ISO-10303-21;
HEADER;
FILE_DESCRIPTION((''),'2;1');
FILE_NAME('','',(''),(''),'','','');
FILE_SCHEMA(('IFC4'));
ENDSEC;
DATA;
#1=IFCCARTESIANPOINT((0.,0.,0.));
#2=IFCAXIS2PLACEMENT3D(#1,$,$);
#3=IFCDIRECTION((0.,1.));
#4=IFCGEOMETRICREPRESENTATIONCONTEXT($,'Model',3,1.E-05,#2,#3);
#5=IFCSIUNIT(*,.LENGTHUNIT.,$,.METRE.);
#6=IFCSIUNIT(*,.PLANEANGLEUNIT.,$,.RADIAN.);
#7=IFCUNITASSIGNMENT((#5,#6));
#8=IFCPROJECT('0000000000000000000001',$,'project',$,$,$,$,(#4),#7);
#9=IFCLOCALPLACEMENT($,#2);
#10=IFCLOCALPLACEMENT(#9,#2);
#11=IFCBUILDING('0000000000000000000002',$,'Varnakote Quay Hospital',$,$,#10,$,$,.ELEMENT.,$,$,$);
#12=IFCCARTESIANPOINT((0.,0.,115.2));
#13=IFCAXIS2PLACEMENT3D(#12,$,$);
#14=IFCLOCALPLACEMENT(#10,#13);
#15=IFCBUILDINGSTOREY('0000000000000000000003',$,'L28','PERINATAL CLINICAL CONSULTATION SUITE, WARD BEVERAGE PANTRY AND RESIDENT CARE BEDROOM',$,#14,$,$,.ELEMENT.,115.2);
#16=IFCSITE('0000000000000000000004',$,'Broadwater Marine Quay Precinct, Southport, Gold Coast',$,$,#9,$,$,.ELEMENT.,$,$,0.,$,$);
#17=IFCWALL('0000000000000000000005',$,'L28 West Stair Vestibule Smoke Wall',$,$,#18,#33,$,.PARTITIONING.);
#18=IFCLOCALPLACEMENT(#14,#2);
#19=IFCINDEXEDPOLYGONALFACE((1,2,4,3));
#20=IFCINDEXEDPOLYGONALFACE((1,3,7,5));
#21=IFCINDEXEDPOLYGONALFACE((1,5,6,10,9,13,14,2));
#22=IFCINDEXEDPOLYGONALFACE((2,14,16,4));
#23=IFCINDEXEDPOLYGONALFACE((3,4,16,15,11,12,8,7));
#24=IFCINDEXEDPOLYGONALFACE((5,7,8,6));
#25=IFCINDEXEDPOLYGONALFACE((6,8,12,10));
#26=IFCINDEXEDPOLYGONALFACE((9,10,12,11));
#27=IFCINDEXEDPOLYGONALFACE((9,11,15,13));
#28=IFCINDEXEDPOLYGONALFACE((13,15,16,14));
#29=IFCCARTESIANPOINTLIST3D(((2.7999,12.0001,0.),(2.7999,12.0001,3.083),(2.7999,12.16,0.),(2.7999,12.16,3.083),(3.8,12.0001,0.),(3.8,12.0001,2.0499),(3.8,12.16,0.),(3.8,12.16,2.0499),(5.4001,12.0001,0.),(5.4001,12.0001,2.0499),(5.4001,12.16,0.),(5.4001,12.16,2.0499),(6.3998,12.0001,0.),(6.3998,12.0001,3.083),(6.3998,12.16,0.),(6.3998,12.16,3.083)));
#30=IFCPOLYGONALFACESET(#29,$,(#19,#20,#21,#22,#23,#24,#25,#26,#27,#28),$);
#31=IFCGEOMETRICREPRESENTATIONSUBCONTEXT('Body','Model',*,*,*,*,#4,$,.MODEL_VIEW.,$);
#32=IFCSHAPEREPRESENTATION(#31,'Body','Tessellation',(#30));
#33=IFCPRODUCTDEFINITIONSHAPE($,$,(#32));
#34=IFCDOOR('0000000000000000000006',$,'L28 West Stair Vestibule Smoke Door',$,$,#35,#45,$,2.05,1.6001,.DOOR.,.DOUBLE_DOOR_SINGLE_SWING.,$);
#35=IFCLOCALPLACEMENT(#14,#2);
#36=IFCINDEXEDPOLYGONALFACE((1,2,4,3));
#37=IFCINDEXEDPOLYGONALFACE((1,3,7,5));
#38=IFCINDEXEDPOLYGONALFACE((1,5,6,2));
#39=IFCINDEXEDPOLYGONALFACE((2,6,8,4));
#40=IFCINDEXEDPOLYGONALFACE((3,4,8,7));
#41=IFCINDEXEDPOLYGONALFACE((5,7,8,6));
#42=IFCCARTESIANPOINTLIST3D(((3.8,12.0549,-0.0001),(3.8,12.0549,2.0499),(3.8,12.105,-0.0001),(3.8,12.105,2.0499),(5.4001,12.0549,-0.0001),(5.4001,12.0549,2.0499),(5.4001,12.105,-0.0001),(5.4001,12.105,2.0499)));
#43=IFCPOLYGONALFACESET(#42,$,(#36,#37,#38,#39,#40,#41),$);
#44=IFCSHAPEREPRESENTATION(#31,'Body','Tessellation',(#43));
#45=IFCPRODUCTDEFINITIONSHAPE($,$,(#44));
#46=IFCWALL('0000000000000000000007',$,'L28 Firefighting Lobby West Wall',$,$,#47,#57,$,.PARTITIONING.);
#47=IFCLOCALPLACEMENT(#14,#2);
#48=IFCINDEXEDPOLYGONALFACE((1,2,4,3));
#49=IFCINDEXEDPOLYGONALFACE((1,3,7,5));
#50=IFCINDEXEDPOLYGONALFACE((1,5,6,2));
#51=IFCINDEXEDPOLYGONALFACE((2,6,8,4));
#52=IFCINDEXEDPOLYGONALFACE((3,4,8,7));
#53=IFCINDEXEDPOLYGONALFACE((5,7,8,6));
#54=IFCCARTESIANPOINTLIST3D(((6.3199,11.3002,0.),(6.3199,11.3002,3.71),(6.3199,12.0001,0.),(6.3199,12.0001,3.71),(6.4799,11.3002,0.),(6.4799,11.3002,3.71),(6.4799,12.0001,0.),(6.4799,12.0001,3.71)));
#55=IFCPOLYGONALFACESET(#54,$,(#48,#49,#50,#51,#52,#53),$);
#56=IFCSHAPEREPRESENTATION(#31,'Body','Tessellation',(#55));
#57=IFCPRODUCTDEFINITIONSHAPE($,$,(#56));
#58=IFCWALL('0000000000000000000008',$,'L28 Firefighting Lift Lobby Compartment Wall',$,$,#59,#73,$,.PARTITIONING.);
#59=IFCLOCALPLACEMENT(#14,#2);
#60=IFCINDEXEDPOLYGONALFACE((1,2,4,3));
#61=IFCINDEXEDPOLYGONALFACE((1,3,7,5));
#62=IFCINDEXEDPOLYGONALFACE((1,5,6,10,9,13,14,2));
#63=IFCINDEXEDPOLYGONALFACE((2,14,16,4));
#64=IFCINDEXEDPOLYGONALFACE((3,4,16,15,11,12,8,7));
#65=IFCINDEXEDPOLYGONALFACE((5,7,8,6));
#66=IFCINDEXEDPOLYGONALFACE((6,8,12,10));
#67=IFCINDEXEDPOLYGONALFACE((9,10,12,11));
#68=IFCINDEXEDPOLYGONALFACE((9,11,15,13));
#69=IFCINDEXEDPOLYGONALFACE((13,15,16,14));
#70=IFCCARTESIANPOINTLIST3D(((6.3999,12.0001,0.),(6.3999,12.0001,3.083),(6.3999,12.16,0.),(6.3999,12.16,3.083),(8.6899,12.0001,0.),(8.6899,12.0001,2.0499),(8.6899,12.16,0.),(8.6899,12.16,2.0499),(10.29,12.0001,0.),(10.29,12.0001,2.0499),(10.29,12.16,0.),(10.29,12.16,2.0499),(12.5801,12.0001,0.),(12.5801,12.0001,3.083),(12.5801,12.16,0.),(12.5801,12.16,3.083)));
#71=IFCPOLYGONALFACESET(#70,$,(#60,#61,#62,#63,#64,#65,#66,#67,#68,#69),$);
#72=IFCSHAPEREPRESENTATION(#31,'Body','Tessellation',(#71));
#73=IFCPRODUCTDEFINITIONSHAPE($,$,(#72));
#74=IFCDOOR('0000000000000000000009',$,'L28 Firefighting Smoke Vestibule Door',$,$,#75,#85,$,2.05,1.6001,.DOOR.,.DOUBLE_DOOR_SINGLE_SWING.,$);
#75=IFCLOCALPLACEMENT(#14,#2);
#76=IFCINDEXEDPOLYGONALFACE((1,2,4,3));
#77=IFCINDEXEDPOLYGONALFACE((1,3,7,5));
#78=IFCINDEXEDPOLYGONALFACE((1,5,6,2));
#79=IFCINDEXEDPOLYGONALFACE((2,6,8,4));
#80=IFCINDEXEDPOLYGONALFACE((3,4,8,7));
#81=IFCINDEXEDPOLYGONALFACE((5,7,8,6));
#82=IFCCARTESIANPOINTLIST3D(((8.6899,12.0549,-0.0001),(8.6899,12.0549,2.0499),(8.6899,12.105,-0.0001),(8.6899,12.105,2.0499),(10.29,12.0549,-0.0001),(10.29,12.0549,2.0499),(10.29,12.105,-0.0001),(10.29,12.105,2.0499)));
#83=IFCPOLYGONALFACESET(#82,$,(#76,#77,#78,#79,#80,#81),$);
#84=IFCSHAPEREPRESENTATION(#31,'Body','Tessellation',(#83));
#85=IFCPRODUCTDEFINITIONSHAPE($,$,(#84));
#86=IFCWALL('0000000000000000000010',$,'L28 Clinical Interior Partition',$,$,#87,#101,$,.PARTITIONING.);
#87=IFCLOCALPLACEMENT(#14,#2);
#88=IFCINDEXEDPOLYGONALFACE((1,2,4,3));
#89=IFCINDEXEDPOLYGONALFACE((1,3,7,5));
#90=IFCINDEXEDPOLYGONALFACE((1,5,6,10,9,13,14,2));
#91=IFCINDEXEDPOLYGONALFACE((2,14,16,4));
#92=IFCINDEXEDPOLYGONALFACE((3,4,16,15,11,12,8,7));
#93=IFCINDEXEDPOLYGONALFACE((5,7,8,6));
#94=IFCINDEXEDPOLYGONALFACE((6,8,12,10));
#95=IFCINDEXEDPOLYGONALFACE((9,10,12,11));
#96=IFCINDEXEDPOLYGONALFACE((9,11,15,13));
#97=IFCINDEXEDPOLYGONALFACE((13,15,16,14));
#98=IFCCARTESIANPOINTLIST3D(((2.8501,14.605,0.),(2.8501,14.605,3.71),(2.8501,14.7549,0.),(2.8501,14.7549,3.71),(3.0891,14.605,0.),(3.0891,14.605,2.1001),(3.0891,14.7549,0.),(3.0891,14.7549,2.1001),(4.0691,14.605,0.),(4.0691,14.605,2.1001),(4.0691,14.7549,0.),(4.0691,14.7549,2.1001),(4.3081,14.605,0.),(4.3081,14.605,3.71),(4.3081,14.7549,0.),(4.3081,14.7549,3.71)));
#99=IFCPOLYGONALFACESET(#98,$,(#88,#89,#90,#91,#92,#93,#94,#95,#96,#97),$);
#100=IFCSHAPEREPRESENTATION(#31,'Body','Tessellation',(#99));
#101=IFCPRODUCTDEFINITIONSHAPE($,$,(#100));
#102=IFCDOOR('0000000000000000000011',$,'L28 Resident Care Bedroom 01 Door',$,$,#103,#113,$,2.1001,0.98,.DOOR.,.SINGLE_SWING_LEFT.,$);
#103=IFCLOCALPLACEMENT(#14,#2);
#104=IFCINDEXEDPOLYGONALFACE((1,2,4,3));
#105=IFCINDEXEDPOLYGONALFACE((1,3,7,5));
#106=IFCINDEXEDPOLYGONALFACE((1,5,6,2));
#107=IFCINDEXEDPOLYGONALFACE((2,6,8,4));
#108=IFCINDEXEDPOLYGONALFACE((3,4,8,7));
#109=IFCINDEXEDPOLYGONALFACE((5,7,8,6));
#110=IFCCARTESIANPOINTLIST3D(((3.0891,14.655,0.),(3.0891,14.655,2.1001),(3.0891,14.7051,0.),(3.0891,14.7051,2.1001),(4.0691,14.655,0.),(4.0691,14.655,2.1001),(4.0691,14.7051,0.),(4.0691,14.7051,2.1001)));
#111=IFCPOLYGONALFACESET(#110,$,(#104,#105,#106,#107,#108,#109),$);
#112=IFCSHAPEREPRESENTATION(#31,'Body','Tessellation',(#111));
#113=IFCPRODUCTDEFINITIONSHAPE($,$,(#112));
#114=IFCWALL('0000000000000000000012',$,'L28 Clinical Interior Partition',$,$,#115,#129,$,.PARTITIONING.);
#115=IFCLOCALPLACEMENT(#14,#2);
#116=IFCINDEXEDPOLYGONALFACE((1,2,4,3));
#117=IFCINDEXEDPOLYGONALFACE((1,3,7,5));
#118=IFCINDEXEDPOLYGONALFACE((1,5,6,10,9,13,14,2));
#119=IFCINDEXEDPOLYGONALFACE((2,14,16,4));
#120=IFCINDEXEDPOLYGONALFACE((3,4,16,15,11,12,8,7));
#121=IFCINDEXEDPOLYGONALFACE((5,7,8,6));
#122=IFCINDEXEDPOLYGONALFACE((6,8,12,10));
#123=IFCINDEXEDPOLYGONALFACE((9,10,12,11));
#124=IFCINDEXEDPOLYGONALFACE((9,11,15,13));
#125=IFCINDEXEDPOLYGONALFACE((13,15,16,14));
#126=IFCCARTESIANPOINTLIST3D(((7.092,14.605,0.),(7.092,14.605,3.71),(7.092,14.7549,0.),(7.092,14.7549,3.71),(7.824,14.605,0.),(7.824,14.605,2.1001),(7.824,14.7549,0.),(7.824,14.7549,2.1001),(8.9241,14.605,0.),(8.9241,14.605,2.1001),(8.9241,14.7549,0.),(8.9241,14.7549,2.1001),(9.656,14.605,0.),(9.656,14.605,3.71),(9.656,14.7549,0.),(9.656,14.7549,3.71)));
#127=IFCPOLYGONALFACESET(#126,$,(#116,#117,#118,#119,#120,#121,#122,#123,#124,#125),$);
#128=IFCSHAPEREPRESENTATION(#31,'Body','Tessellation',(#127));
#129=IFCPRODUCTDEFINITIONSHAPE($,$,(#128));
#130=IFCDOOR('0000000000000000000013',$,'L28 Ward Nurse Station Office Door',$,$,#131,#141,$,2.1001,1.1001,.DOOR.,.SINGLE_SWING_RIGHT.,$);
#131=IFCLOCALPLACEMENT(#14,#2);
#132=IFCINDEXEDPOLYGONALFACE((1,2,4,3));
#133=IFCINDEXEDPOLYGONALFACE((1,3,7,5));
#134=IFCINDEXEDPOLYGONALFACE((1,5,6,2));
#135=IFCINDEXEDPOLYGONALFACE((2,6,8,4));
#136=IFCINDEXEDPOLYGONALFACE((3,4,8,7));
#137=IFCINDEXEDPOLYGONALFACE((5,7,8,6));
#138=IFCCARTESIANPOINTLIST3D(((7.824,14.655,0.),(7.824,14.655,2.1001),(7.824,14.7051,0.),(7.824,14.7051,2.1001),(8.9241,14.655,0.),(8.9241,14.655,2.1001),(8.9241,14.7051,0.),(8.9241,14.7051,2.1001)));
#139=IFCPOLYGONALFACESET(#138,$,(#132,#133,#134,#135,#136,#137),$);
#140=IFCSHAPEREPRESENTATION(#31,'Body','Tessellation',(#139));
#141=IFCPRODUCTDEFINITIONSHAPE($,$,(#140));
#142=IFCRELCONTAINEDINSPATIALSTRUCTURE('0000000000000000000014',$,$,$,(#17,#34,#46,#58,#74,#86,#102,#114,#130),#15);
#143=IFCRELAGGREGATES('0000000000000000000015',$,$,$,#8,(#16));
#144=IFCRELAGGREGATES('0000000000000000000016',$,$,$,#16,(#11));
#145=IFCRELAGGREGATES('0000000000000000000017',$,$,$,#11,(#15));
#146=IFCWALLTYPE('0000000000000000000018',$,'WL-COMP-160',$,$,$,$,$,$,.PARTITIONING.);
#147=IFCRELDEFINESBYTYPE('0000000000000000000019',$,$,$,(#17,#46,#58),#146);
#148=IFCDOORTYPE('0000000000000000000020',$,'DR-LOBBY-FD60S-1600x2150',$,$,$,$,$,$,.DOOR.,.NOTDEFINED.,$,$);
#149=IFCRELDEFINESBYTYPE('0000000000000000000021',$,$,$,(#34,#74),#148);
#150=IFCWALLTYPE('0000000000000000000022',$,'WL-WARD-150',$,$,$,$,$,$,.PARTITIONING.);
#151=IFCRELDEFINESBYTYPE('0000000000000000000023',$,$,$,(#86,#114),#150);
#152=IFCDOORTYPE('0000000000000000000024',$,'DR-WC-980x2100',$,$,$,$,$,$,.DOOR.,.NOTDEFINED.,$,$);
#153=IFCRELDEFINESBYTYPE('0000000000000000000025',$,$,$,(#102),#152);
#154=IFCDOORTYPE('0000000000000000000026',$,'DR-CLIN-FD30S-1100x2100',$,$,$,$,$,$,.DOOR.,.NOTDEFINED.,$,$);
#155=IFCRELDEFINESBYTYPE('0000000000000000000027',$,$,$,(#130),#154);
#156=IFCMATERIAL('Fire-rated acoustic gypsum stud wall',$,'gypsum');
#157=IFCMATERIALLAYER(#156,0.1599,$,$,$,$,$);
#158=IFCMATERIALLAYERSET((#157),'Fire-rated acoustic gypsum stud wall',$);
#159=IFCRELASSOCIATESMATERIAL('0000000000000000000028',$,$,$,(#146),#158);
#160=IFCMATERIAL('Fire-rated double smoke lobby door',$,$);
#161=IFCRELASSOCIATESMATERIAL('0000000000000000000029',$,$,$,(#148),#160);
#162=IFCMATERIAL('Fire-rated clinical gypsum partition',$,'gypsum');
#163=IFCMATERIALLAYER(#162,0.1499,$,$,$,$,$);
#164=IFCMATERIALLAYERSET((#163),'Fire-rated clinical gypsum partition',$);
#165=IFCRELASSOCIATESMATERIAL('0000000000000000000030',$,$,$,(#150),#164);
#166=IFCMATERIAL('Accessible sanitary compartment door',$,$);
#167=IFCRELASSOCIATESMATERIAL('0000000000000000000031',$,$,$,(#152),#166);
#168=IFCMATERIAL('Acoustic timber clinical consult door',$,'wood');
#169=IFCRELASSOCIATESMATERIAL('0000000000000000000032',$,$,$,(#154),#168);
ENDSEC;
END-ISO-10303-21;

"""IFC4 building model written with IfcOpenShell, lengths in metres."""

from ifc_helpers import new_model, si_unit, direction, frame, frame_2d, origin, place, context, subcontext, project, spatial, rectangle, extrude, material, layer, layer_set, type_object, element, fill, save


model = new_model("IFC4")

# Units and contexts
model_context = context("Model", 3, precision=1e-05, world=origin(), true_north=direction((0.0, 1.0)))
body_context = subcontext(model_context, "Body", "Model", "MODEL_VIEW")
ifc_project = project(units=[si_unit("LENGTHUNIT", "METRE"), si_unit("PLANEANGLEUNIT", "RADIAN")], contexts=[model_context])

# Site, building, storey
site_placement = place(None, origin())
site = spatial("IfcSite", under=ifc_project, at=site_placement, Name="Broadwater Marine Quay Precinct, Southport, Gold Coast", CompositionType="ELEMENT", RefElevation=0.0)
building_placement = place(site_placement, origin())
building = spatial("IfcBuilding", under=site, at=building_placement, Name="Varnakote Quay Hospital", CompositionType="ELEMENT")
storey_placement = place(building_placement, frame((0.0, 0.0, 115.2)))
storey = spatial("IfcBuildingStorey", under=building, at=storey_placement, Name="L28", Description="PERINATAL CLINICAL CONSULTATION SUITE, WARD BEVERAGE PANTRY AND RESIDENT CARE BEDROOM", CompositionType="ELEMENT", Elevation=115.2)

# Shared definitions
ifc_material_1 = material(Name="Fire-rated acoustic gypsum stud wall", Category="gypsum")
ifc_layer_1 = layer(ifc_material_1, 0.1599)
ifc_layer_set_1 = layer_set([ifc_layer_1], Name="Fire-rated acoustic gypsum stud wall")
wall_type_1 = type_object("IfcWallType", Name="WL-COMP-160", PredefinedType="PARTITIONING", material=ifc_layer_set_1)

# Wall, opening, door
wall_1_placement = place(storey_placement, frame((2.8, 12.0801, 0.0), z_axis=(0.0, 0.0, 1.0), x_axis=(1.0, 0.0, 0.0)))
wall_1 = element("IfcWall", 1, at=wall_1_placement, inside=storey, type_object=wall_type_1, Name="L28 West Stair Vestibule Smoke Wall", PredefinedType="PARTITIONING", context=body_context, shape_type="SweptSolid", body=[
    extrude(rectangle(XDim=3.5999, YDim=0.1599, at=frame_2d((1.7998, 0.0))), origin(), (0.0, 0.0, 1.0), 3.083),
])
opening_1_placement = place(wall_1_placement, frame((1.0, 0.0, 0.0)))
opening_1 = element("IfcOpeningElement", 2, at=opening_1_placement, cuts=wall_1, PredefinedType="OPENING", context=body_context, shape_type="SweptSolid", body=[
    extrude(rectangle(XDim=1.6001, YDim=2.05, at=frame_2d((0.8, 1.0249))), frame((0.0, 0.0898, 0.0), z_axis=(0.0, -1.0, 0.0), x_axis=(1.0, 0.0, 0.0)), (0.0, 0.0, 1.0), 0.1799),
])
ifc_material_2 = material(Name="Fire-rated double smoke lobby door")
door_type_1 = type_object("IfcDoorType", Name="DR-LOBBY-FD60S-1600x2150", OperationType="NOTDEFINED", PredefinedType="DOOR", material=ifc_material_2)
door_1_placement = place(opening_1_placement, origin())
door_1 = element("IfcDoor", 3, at=door_1_placement, inside=storey, type_object=door_type_1, Name="L28 West Stair Vestibule Smoke Door", OperationType="DOUBLE_DOOR_SINGLE_SWING", OverallHeight=2.05, OverallWidth=1.6001, PredefinedType="DOOR", context=body_context, shape_type="SweptSolid", body=[
    extrude(rectangle(XDim=1.6001, YDim=2.05, at=frame_2d((0.8, 1.0249))), frame((0.0, 0.0249, 0.0), z_axis=(0.0, -1.0, 0.0), x_axis=(1.0, 0.0, 0.0)), (0.0, 0.0, 1.0), 0.05),
])
fill(opening_1, door_1)

# Wall
wall_2_placement = place(storey_placement, frame((6.3999, 11.3, 0.0), z_axis=(0.0, 0.0, 1.0), x_axis=(0.0, 1.0, 0.0)))
element("IfcWall", 4, at=wall_2_placement, inside=storey, type_object=wall_type_1, Name="L28 Firefighting Lobby West Wall", PredefinedType="PARTITIONING", context=body_context, shape_type="SweptSolid", body=[
    extrude(rectangle(XDim=0.7, YDim=0.1599, at=frame_2d((0.3501, 0.0))), origin(), (0.0, 0.0, 1.0), 3.71),
])

# Walls, openings, doors
wall_3_placement = place(storey_placement, frame((6.3999, 12.0801, 0.0), z_axis=(0.0, 0.0, 1.0), x_axis=(1.0, 0.0, 0.0)))
wall_3 = element("IfcWall", 5, at=wall_3_placement, inside=storey, type_object=wall_type_1, Name="L28 Firefighting Lift Lobby Compartment Wall", PredefinedType="PARTITIONING", context=body_context, shape_type="SweptSolid", body=[
    extrude(rectangle(XDim=6.1802, YDim=0.1599, at=frame_2d((3.0901, 0.0))), origin(), (0.0, 0.0, 1.0), 3.083),
])
opening_2_placement = place(wall_3_placement, frame((2.29, 0.0, 0.0)))
opening_2 = element("IfcOpeningElement", 6, at=opening_2_placement, cuts=wall_3, PredefinedType="OPENING", context=body_context, shape_type="SweptSolid", body=[
    extrude(rectangle(XDim=1.6001, YDim=2.05, at=frame_2d((0.8, 1.0249))), frame((0.0, 0.0898, 0.0), z_axis=(0.0, -1.0, 0.0), x_axis=(1.0, 0.0, 0.0)), (0.0, 0.0, 1.0), 0.1799),
])
door_2_placement = place(opening_2_placement, origin())
door_2 = element("IfcDoor", 7, at=door_2_placement, inside=storey, type_object=door_type_1, Name="L28 Firefighting Smoke Vestibule Door", OperationType="DOUBLE_DOOR_SINGLE_SWING", OverallHeight=2.05, OverallWidth=1.6001, PredefinedType="DOOR", context=body_context, shape_type="SweptSolid", body=[
    extrude(rectangle(XDim=1.6001, YDim=2.05, at=frame_2d((0.8, 1.0249))), frame((0.0, 0.0249, 0.0), z_axis=(0.0, -1.0, 0.0), x_axis=(1.0, 0.0, 0.0)), (0.0, 0.0, 1.0), 0.05),
])
fill(opening_2, door_2)
ifc_material_3 = material(Name="Fire-rated clinical gypsum partition", Category="gypsum")
ifc_layer_2 = layer(ifc_material_3, 0.1499)
ifc_layer_set_2 = layer_set([ifc_layer_2], Name="Fire-rated clinical gypsum partition")
wall_type_2 = type_object("IfcWallType", Name="WL-WARD-150", PredefinedType="PARTITIONING", material=ifc_layer_set_2)
wall_4_placement = place(storey_placement, frame((4.3081, 14.6799, 0.0), z_axis=(0.0, 0.0, 1.0), x_axis=(-1.0, 0.0, 0.0)))
wall_4 = element("IfcWall", 8, at=wall_4_placement, inside=storey, type_object=wall_type_2, Name="L28 Clinical Interior Partition", PredefinedType="PARTITIONING", context=body_context, shape_type="SweptSolid", body=[
    extrude(rectangle(XDim=1.458, YDim=0.1499, at=frame_2d((0.729, 0.0))), origin(), (0.0, 0.0, 1.0), 3.71),
])
opening_3_placement = place(wall_4_placement, frame((0.239, 0.0, 0.0)))
opening_3 = element("IfcOpeningElement", 9, at=opening_3_placement, cuts=wall_4, PredefinedType="OPENING", context=body_context, shape_type="SweptSolid", body=[
    extrude(rectangle(XDim=0.98, YDim=2.1001, at=frame_2d((0.49, 1.05))), frame((0.0, 0.085, 0.0), z_axis=(0.0, -1.0, 0.0), x_axis=(1.0, 0.0, 0.0)), (0.0, 0.0, 1.0), 0.1699),
])
ifc_material_4 = material(Name="Accessible sanitary compartment door")
door_type_2 = type_object("IfcDoorType", Name="DR-WC-980x2100", OperationType="NOTDEFINED", PredefinedType="DOOR", material=ifc_material_4)
door_3_placement = place(opening_3_placement, origin())
door_3 = element("IfcDoor", 10, at=door_3_placement, inside=storey, type_object=door_type_2, Name="L28 Resident Care Bedroom 01 Door", OperationType="SINGLE_SWING_LEFT", OverallHeight=2.1001, OverallWidth=0.98, PredefinedType="DOOR", context=body_context, shape_type="SweptSolid", body=[
    extrude(rectangle(XDim=0.98, YDim=2.1001, at=frame_2d((0.49, 1.05))), frame((0.0, 0.0249, 0.0), z_axis=(0.0, -1.0, 0.0), x_axis=(1.0, 0.0, 0.0)), (0.0, 0.0, 1.0), 0.05),
])
fill(opening_3, door_3)
wall_5_placement = place(storey_placement, frame((9.656, 14.6799, 0.0), z_axis=(0.0, 0.0, 1.0), x_axis=(-1.0, 0.0, 0.0)))
wall_5 = element("IfcWall", 11, at=wall_5_placement, inside=storey, type_object=wall_type_2, Name="L28 Clinical Interior Partition", PredefinedType="PARTITIONING", context=body_context, shape_type="SweptSolid", body=[
    extrude(rectangle(XDim=2.564, YDim=0.1499, at=frame_2d((1.282, 0.0))), origin(), (0.0, 0.0, 1.0), 3.71),
])
opening_4_placement = place(wall_5_placement, frame((0.7319, 0.0, 0.0)))
opening_4 = element("IfcOpeningElement", 12, at=opening_4_placement, cuts=wall_5, PredefinedType="OPENING", context=body_context, shape_type="SweptSolid", body=[
    extrude(rectangle(XDim=1.1001, YDim=2.1001, at=frame_2d((0.55, 1.05))), frame((0.0, 0.085, 0.0), z_axis=(0.0, -1.0, 0.0), x_axis=(1.0, 0.0, 0.0)), (0.0, 0.0, 1.0), 0.1699),
])
ifc_material_5 = material(Name="Acoustic timber clinical consult door", Category="wood")
door_type_3 = type_object("IfcDoorType", Name="DR-CLIN-FD30S-1100x2100", OperationType="NOTDEFINED", PredefinedType="DOOR", material=ifc_material_5)
door_4_placement = place(opening_4_placement, origin())
door_4 = element("IfcDoor", 13, at=door_4_placement, inside=storey, type_object=door_type_3, Name="L28 Ward Nurse Station Office Door", OperationType="SINGLE_SWING_RIGHT", OverallHeight=2.1001, OverallWidth=1.1001, PredefinedType="DOOR", context=body_context, shape_type="SweptSolid", body=[
    extrude(rectangle(XDim=1.1001, YDim=2.1001, at=frame_2d((0.55, 1.05))), frame((0.0, 0.0249, 0.0), z_axis=(0.0, -1.0, 0.0), x_axis=(1.0, 0.0, 0.0)), (0.0, 0.0, 1.0), 0.05),
])
fill(opening_4, door_4)

save(model, "model.ifc")
